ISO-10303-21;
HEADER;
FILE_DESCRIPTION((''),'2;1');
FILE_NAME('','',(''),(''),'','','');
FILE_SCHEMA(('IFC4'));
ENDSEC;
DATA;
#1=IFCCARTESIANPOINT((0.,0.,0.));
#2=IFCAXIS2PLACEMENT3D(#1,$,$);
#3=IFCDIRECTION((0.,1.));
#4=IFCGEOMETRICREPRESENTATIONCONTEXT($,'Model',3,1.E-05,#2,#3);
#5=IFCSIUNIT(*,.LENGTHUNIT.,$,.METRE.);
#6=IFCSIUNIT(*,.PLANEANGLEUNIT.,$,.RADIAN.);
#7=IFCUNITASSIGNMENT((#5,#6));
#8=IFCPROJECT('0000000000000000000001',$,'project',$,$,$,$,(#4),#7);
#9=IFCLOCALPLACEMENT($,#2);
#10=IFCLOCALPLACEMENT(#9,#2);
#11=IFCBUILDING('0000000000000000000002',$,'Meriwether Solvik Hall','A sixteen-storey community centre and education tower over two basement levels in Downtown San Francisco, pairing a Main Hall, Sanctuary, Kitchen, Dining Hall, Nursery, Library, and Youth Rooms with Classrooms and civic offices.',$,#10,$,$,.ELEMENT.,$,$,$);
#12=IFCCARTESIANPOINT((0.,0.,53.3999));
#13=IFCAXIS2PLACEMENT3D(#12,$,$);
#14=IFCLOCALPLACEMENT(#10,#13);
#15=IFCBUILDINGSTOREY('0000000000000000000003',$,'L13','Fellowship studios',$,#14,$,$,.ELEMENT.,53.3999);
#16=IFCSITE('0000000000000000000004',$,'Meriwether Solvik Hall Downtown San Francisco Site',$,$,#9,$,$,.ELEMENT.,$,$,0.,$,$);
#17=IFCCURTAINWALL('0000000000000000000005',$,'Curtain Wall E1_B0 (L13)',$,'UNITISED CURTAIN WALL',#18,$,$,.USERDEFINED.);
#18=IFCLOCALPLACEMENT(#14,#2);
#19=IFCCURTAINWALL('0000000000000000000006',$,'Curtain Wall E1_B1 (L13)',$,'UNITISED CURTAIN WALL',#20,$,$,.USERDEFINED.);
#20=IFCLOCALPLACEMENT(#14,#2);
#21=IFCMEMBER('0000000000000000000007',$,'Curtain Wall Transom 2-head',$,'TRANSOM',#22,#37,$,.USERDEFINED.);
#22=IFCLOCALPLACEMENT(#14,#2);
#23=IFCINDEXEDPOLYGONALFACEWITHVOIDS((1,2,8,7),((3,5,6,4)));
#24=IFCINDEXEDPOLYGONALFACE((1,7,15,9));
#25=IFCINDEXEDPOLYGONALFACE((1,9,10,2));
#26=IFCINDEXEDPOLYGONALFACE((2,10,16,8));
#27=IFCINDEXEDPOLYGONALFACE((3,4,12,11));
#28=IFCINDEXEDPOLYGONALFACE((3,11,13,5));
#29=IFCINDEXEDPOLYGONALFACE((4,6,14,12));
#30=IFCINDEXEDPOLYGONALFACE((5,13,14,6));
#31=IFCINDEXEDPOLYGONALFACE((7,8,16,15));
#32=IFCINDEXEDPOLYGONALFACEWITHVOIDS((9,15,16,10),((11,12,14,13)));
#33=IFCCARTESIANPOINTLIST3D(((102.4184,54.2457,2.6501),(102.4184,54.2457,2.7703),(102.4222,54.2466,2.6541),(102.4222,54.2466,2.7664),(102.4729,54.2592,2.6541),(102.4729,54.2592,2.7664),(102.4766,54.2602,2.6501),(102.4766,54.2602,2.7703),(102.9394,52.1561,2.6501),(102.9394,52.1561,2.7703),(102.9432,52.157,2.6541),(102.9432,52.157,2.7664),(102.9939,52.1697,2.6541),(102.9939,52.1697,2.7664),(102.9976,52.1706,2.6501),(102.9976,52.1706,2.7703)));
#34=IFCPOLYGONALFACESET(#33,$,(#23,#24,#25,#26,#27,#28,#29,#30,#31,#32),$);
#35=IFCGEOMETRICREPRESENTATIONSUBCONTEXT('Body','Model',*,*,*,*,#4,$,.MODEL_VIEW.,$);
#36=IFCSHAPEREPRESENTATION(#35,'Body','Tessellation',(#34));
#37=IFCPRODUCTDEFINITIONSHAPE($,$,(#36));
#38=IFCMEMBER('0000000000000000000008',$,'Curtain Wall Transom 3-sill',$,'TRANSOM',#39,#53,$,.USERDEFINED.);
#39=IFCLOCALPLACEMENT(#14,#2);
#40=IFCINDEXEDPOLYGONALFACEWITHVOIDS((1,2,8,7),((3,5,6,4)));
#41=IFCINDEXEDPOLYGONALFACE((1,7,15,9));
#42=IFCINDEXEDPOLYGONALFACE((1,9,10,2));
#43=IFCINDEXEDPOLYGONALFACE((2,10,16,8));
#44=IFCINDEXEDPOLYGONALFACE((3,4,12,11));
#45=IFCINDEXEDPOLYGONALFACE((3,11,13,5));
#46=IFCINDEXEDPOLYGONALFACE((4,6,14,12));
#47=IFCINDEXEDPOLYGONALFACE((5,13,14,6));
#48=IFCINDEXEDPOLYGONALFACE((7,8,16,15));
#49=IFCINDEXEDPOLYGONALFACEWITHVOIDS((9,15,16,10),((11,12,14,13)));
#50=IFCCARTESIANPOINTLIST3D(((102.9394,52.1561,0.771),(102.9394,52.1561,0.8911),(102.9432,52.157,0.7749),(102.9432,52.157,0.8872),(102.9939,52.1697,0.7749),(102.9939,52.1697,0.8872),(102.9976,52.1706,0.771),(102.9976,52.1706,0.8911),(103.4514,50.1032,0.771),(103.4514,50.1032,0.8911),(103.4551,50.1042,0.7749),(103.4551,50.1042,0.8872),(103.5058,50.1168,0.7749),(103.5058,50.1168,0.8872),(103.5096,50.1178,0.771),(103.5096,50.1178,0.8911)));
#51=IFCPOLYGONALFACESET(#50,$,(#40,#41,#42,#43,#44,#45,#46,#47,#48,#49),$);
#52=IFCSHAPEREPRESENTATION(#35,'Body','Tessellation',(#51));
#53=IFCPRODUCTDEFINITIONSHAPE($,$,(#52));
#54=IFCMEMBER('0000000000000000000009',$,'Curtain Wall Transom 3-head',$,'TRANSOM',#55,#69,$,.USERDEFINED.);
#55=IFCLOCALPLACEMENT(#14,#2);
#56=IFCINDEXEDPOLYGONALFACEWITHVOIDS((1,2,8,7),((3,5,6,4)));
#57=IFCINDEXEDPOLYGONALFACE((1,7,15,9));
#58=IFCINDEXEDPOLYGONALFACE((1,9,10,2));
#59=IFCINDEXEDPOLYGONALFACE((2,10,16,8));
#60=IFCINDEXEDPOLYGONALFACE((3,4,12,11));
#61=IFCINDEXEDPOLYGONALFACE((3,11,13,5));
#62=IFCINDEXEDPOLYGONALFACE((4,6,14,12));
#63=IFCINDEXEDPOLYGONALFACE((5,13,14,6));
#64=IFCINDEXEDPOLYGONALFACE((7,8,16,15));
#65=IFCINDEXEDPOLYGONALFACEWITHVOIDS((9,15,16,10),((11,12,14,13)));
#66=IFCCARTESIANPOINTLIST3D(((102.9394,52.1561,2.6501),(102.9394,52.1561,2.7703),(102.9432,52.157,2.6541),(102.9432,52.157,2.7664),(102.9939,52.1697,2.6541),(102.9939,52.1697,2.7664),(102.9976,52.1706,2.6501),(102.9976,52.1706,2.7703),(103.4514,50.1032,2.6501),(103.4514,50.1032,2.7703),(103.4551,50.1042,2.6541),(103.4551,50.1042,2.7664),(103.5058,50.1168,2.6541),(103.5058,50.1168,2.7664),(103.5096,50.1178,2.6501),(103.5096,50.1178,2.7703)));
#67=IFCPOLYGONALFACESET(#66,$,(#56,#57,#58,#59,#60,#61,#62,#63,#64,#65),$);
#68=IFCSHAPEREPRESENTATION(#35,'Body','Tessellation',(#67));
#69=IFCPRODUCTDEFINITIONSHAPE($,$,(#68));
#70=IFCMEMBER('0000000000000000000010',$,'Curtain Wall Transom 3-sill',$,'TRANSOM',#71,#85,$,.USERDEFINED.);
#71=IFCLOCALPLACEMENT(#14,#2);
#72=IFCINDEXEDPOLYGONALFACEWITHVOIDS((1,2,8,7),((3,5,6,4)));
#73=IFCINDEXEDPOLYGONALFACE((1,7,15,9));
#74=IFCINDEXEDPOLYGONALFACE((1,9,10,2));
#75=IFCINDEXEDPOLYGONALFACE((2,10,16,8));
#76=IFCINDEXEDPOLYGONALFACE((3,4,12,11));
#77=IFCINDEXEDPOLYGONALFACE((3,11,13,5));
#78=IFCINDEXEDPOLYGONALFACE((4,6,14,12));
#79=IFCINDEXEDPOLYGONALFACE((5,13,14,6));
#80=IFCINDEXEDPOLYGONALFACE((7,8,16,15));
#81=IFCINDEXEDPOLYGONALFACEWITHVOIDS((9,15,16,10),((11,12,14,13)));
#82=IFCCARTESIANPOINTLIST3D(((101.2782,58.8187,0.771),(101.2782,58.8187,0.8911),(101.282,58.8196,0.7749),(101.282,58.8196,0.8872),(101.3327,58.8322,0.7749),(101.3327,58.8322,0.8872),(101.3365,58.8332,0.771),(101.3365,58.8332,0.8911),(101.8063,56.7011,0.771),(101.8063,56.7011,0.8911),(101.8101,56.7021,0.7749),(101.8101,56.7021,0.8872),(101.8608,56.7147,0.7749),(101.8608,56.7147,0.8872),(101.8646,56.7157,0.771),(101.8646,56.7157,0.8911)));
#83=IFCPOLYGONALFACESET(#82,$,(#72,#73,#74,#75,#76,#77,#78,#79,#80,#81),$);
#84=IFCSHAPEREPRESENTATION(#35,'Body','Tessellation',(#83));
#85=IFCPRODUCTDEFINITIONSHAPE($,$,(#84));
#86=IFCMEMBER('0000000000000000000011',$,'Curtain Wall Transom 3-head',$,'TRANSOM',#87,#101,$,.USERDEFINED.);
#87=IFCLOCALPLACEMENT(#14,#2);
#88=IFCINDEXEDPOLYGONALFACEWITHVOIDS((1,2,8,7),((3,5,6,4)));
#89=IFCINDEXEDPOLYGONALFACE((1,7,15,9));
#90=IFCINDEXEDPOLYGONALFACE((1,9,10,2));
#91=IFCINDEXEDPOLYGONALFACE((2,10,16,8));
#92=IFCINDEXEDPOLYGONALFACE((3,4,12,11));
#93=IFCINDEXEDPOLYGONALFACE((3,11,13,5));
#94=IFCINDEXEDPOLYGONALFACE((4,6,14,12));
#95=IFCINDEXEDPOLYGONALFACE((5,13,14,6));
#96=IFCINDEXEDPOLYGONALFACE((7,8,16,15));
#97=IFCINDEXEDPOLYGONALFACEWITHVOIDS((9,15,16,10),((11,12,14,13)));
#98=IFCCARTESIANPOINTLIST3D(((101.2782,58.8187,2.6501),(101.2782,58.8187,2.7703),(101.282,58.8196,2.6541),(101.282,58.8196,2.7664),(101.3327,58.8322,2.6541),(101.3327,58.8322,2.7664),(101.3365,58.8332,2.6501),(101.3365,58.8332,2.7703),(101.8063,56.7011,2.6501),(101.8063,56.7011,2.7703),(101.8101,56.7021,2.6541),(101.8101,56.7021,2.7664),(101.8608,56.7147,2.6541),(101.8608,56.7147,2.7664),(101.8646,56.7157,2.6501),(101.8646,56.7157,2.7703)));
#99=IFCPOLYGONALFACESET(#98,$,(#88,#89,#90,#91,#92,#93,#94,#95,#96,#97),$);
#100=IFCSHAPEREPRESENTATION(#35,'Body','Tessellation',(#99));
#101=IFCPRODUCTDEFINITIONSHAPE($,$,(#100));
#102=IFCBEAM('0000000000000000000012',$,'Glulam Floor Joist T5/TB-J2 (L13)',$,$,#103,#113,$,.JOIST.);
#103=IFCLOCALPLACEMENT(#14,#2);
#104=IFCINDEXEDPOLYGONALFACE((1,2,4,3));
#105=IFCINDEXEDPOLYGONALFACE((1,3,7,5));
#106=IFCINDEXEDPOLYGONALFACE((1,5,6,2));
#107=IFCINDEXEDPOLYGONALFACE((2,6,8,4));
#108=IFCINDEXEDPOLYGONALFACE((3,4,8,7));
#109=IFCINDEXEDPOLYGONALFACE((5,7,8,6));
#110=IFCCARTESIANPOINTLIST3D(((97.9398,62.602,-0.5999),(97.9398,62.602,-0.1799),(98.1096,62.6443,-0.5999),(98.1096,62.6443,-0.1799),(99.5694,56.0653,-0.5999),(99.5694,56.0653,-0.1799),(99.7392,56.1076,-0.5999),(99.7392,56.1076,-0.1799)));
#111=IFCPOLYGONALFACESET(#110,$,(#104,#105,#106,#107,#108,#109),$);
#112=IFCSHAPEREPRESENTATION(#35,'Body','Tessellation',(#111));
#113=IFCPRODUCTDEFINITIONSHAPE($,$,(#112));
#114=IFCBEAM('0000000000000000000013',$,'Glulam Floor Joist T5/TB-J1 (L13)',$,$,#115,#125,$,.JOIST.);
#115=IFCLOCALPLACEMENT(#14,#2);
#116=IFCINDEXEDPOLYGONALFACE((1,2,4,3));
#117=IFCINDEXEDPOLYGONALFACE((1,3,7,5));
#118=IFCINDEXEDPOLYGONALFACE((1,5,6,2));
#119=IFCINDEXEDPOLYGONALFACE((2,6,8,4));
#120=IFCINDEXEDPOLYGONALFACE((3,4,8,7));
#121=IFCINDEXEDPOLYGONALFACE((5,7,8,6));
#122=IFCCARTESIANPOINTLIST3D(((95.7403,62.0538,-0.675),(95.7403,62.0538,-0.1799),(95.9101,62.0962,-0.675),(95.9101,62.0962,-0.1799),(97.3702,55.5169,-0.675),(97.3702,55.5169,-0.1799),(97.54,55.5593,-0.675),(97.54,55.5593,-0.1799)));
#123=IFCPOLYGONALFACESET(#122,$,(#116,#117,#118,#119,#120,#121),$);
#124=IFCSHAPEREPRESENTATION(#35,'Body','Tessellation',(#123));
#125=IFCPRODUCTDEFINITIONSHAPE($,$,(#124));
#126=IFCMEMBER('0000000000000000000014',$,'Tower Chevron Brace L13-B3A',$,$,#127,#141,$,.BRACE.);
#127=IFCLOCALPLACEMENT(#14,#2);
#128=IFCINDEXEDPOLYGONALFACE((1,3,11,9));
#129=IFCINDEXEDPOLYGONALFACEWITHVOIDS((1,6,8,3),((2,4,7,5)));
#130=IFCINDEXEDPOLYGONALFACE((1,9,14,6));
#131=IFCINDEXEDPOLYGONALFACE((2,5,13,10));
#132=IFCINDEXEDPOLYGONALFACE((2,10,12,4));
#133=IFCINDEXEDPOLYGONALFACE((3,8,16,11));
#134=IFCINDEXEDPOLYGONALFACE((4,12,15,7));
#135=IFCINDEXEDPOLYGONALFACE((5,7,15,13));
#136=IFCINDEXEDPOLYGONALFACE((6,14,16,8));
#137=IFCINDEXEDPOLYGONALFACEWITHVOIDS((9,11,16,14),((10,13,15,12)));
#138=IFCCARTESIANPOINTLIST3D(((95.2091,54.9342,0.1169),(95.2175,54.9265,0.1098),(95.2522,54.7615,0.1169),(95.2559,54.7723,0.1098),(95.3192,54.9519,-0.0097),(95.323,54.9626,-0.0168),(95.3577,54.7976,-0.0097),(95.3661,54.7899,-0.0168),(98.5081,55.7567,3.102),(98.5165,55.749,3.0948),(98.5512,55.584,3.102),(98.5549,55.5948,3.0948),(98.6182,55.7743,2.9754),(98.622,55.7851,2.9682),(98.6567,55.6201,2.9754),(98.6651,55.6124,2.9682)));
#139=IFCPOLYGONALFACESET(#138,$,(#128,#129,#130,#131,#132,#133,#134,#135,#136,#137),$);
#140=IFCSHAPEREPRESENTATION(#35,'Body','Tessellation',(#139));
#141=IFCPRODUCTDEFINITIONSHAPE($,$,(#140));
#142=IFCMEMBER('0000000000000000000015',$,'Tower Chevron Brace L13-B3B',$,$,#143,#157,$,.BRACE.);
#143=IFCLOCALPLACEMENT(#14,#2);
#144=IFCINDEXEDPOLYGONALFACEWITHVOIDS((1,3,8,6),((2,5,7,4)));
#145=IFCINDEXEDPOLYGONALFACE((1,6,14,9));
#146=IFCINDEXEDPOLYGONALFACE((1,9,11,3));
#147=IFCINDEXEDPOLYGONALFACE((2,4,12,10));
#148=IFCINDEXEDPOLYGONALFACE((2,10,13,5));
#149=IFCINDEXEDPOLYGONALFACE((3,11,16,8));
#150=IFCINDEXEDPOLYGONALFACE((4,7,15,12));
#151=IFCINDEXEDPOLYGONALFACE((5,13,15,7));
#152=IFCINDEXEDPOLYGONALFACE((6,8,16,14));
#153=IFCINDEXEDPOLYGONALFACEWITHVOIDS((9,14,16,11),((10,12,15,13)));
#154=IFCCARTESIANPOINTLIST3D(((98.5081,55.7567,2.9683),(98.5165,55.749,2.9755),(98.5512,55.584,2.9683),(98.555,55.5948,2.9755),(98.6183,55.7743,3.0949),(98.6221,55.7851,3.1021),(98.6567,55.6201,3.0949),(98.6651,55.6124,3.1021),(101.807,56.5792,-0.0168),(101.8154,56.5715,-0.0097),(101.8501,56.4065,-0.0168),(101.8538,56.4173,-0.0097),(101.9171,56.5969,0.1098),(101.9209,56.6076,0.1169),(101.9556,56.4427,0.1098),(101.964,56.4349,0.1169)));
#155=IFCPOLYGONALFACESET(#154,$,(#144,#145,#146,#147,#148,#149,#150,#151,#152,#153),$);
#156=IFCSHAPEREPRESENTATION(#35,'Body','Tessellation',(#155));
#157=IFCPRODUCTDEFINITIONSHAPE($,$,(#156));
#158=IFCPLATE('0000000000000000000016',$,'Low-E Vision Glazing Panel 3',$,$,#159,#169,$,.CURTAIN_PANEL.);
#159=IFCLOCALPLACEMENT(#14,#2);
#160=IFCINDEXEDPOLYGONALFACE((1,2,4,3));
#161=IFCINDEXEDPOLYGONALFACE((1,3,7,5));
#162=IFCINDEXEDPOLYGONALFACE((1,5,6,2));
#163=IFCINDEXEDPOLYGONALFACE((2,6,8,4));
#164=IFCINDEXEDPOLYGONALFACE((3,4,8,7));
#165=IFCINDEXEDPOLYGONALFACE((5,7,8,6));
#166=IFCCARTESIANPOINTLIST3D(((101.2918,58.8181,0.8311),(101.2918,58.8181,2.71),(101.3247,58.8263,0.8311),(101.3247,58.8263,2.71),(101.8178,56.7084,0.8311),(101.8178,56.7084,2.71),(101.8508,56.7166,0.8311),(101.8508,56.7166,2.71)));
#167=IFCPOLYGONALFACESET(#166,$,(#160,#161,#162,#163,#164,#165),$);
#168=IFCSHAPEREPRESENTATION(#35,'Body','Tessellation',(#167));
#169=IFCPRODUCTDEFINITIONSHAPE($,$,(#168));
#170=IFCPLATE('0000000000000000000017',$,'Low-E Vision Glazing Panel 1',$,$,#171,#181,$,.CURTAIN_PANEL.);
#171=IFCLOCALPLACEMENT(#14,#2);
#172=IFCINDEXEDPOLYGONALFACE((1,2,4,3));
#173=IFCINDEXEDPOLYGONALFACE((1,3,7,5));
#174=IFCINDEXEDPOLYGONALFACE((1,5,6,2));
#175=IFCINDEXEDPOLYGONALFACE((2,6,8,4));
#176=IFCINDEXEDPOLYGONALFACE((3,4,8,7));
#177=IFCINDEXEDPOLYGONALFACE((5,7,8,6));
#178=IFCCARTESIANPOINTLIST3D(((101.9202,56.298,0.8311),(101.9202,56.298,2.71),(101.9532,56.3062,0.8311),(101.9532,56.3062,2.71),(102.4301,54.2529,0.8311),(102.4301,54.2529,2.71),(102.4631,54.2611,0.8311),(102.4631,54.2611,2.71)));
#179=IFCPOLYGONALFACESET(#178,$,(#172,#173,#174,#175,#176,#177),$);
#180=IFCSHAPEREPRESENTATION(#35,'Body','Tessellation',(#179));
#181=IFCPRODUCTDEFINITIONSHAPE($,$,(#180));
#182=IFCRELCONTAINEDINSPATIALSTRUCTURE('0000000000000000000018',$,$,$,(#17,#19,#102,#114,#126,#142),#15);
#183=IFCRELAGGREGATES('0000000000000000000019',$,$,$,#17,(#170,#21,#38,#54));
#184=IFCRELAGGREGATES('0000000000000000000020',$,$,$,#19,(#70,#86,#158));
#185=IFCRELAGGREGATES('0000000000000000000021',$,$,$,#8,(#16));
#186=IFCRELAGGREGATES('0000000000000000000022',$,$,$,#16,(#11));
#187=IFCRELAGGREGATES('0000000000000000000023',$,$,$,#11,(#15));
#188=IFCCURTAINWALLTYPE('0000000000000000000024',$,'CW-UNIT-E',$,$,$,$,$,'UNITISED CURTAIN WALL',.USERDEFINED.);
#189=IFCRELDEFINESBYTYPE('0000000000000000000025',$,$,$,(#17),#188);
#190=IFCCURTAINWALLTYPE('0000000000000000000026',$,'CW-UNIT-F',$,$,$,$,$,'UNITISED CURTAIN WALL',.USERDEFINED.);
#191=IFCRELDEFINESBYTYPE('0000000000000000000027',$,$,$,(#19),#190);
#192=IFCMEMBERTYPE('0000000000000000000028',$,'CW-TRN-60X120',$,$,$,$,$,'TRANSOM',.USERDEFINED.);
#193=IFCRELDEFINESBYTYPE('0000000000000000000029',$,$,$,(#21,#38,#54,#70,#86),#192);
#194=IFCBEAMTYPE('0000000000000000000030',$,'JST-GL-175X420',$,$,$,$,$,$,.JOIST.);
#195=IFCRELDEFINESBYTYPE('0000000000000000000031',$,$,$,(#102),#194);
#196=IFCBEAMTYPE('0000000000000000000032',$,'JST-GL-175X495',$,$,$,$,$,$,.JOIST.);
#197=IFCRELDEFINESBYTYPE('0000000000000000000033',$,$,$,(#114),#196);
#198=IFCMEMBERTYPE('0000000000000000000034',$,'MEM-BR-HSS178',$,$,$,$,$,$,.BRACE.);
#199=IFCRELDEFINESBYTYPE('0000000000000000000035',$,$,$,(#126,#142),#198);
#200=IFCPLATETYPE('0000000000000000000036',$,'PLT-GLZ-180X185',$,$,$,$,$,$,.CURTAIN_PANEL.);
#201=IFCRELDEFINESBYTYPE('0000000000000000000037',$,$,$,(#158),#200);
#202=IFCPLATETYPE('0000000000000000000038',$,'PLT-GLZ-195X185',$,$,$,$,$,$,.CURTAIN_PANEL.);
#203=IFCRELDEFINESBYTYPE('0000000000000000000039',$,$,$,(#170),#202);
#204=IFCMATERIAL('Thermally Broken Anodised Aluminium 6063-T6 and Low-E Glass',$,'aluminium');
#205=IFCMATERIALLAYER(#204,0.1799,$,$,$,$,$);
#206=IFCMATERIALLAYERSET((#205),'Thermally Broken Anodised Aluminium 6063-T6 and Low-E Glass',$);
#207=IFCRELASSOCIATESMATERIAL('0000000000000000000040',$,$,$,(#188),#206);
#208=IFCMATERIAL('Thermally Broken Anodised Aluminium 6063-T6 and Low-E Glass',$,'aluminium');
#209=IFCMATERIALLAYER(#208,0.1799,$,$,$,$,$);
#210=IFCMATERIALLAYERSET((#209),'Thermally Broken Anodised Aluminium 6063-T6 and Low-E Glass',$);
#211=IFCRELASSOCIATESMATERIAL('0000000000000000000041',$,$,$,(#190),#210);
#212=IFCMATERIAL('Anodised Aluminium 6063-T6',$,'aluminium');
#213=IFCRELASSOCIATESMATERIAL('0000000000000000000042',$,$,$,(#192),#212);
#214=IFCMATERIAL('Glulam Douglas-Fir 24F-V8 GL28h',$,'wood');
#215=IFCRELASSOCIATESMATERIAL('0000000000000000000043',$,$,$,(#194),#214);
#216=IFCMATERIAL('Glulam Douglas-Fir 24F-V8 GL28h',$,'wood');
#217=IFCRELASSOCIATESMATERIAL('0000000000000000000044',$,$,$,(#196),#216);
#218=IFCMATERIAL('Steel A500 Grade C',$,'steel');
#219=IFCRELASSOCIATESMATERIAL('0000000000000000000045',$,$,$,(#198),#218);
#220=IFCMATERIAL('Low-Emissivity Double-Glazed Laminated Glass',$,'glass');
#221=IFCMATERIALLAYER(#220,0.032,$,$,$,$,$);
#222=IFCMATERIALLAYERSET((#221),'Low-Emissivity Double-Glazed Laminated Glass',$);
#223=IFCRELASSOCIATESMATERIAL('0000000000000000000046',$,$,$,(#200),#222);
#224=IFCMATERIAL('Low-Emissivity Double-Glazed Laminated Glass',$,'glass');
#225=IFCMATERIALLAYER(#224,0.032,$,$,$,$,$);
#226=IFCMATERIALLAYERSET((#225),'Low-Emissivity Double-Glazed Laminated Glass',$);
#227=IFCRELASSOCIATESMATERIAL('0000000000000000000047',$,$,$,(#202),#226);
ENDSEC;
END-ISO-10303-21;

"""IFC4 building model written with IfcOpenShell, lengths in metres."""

from ifc_helpers import new_model, si_unit, direction, frame, origin, origin_2d, place, context, subcontext, project, spatial, rectangle, hollow_rectangle, extrude, material, layer, layer_set, material_profile, profile_set, type_object, element, aggregate, save


model = new_model("IFC4")

# Units and contexts
model_context = context("Model", 3, precision=1e-05, world=origin(), true_north=direction((0.0, 1.0)))
body_context = subcontext(model_context, "Body", "Model", "MODEL_VIEW")
ifc_project = project(units=[si_unit("LENGTHUNIT", "METRE"), si_unit("PLANEANGLEUNIT", "RADIAN")], contexts=[model_context])

# Site, building, storey
site_placement = place(None, origin())
site = spatial("IfcSite", under=ifc_project, at=site_placement, Name="Meriwether Solvik Hall Downtown San Francisco Site", CompositionType="ELEMENT", RefElevation=0.0)
building_placement = place(site_placement, origin())
building = spatial("IfcBuilding", under=site, at=building_placement, Name="Meriwether Solvik Hall", Description="A sixteen-storey community centre and education tower over two basement levels in Downtown San Francisco, pairing a Main Hall, Sanctuary, Kitchen, Dining Hall, Nursery, Library, and Youth Rooms with Classrooms and civic offices.", CompositionType="ELEMENT")
storey_placement = place(building_placement, frame((0.0, 0.0, 53.3999)))
storey = spatial("IfcBuildingStorey", under=building, at=storey_placement, Name="L13", Description="Fellowship studios", CompositionType="ELEMENT", Elevation=53.3999)

# Curtain walls
ifc_material_1 = material(Name="Thermally Broken Anodised Aluminium 6063-T6 and Low-E Glass", Category="aluminium")
ifc_layer_1 = layer(ifc_material_1, 0.1799)
ifc_layer_set_1 = layer_set([ifc_layer_1], Name="Thermally Broken Anodised Aluminium 6063-T6 and Low-E Glass")
curtain_wall_type_1 = type_object("IfcCurtainWallType", Name="CW-UNIT-E", ElementType="UNITISED CURTAIN WALL", PredefinedType="USERDEFINED", material=ifc_layer_set_1)
curtain_wall_1_placement = place(storey_placement, origin())
curtain_wall_1 = element("IfcCurtainWall", 1, at=curtain_wall_1_placement, inside=storey, type_object=curtain_wall_type_1, Name="Curtain Wall E1_B0 (L13)", ObjectType="UNITISED CURTAIN WALL", PredefinedType="USERDEFINED")
ifc_material_2 = material(Name="Thermally Broken Anodised Aluminium 6063-T6 and Low-E Glass", Category="aluminium")
ifc_layer_2 = layer(ifc_material_2, 0.1799)
ifc_layer_set_2 = layer_set([ifc_layer_2], Name="Thermally Broken Anodised Aluminium 6063-T6 and Low-E Glass")
curtain_wall_type_2 = type_object("IfcCurtainWallType", Name="CW-UNIT-F", ElementType="UNITISED CURTAIN WALL", PredefinedType="USERDEFINED", material=ifc_layer_set_2)
curtain_wall_2_placement = place(storey_placement, origin())
curtain_wall_2 = element("IfcCurtainWall", 2, at=curtain_wall_2_placement, inside=storey, type_object=curtain_wall_type_2, Name="Curtain Wall E1_B1 (L13)", ObjectType="UNITISED CURTAIN WALL", PredefinedType="USERDEFINED")

# Members
ifc_material_3 = material(Name="Anodised Aluminium 6063-T6", Category="aluminium")
ifc_material_profile_1 = material_profile(ifc_material_3, hollow_rectangle(XDim=0.0601, YDim=0.1201, WallThickness=0.0039, at=origin_2d()), Name="CWT-60X120")
ifc_profile_set_1 = profile_set([ifc_material_profile_1], Name="Anodised Aluminium 6063-T6")
member_type_1 = type_object("IfcMemberType", Name="CW-TRN-60X120", ElementType="TRANSOM", PredefinedType="USERDEFINED", material=ifc_profile_set_1)
member_1_placement = place(storey_placement, frame((102.4475, 54.2529, 2.7102), z_axis=(0.241922, -0.970296, 0.0), x_axis=(0.970296, 0.241922, 0.0)))
member_1 = element("IfcMember", 3, at=member_1_placement, type_object=member_type_1, Name="Curtain Wall Transom 2-head", ObjectType="TRANSOM", PredefinedType="USERDEFINED", context=body_context, shape_type="SweptSolid", body=[
    extrude(hollow_rectangle(XDim=0.0601, YDim=0.1201, WallThickness=0.0039, at=origin_2d()), origin(), (0.0, 0.0, 1.0), 2.1536),
])
member_2_placement = place(storey_placement, frame((102.9685, 52.1633, 0.8311), z_axis=(0.241993, -0.970278, 0.0), x_axis=(0.970278, 0.241993, 0.0)))
member_2 = element("IfcMember", 4, at=member_2_placement, type_object=member_type_1, Name="Curtain Wall Transom 3-sill", ObjectType="TRANSOM", PredefinedType="USERDEFINED", context=body_context, shape_type="SweptSolid", body=[
    extrude(hollow_rectangle(XDim=0.0601, YDim=0.1201, WallThickness=0.0039, at=origin_2d()), origin(), (0.0, 0.0, 1.0), 2.1157),
])
member_3_placement = place(storey_placement, frame((102.9685, 52.1633, 2.7102), z_axis=(0.241993, -0.970278, 0.0), x_axis=(0.970278, 0.241993, 0.0)))
member_3 = element("IfcMember", 5, at=member_3_placement, type_object=member_type_1, Name="Curtain Wall Transom 3-head", ObjectType="TRANSOM", PredefinedType="USERDEFINED", context=body_context, shape_type="SweptSolid", body=[
    extrude(hollow_rectangle(XDim=0.0601, YDim=0.1201, WallThickness=0.0039, at=origin_2d()), origin(), (0.0, 0.0, 1.0), 2.1157),
])
member_4_placement = place(storey_placement, frame((101.3074, 58.8259, 0.8311), z_axis=(0.241983, -0.970281, 0.0), x_axis=(0.970281, 0.241983, 0.0)))
member_4 = element("IfcMember", 6, at=member_4_placement, type_object=member_type_1, Name="Curtain Wall Transom 3-sill", ObjectType="TRANSOM", PredefinedType="USERDEFINED", context=body_context, shape_type="SweptSolid", body=[
    extrude(hollow_rectangle(XDim=0.0601, YDim=0.1201, WallThickness=0.0039, at=origin_2d()), origin(), (0.0, 0.0, 1.0), 2.1824),
])
member_5_placement = place(storey_placement, frame((101.3074, 58.8259, 2.7102), z_axis=(0.241983, -0.970281, 0.0), x_axis=(0.970281, 0.241983, 0.0)))
member_5 = element("IfcMember", 7, at=member_5_placement, type_object=member_type_1, Name="Curtain Wall Transom 3-head", ObjectType="TRANSOM", PredefinedType="USERDEFINED", context=body_context, shape_type="SweptSolid", body=[
    extrude(hollow_rectangle(XDim=0.0601, YDim=0.1201, WallThickness=0.0039, at=origin_2d()), origin(), (0.0, 0.0, 1.0), 2.1824),
])

# Beams
ifc_material_4 = material(Name="Glulam Douglas-Fir 24F-V8 GL28h", Category="wood")
ifc_material_profile_2 = material_profile(ifc_material_4, rectangle(XDim=0.175, YDim=0.4199, at=origin_2d()), Name="GLJ-175X420")
ifc_profile_set_2 = profile_set([ifc_material_profile_2], Name="Glulam Douglas-Fir 24F-V8 GL28h")
beam_type_1 = type_object("IfcBeamType", Name="JST-GL-175X420", PredefinedType="JOIST", material=ifc_profile_set_2)
beam_1_placement = place(storey_placement, frame((99.6543, 56.0864, -0.3899), z_axis=(-0.241896, 0.970302, 0.0), x_axis=(-0.970302, -0.241896, 0.0)))
element("IfcBeam", 8, at=beam_1_placement, inside=storey, type_object=beam_type_1, Name="Glulam Floor Joist T5/TB-J2 (L13)", PredefinedType="JOIST", context=body_context, shape_type="SweptSolid", body=[
    extrude(rectangle(XDim=0.175, YDim=0.4199, at=origin_2d()), origin(), (0.0, 0.0, 1.0), 6.7368),
])
ifc_material_5 = material(Name="Glulam Douglas-Fir 24F-V8 GL28h", Category="wood")
ifc_material_profile_3 = material_profile(ifc_material_5, rectangle(XDim=0.175, YDim=0.4951, at=origin_2d()), Name="GLJ-175X495")
ifc_profile_set_3 = profile_set([ifc_material_profile_3], Name="Glulam Douglas-Fir 24F-V8 GL28h")
beam_type_2 = type_object("IfcBeamType", Name="JST-GL-175X495", PredefinedType="JOIST", material=ifc_profile_set_3)
beam_2_placement = place(storey_placement, frame((97.4551, 55.5381, -0.4275), z_axis=(-0.24193, 0.970294, 0.0), x_axis=(-0.970294, -0.24193, 0.0)))
element("IfcBeam", 9, at=beam_2_placement, inside=storey, type_object=beam_type_2, Name="Glulam Floor Joist T5/TB-J1 (L13)", PredefinedType="JOIST", context=body_context, shape_type="SweptSolid", body=[
    extrude(rectangle(XDim=0.175, YDim=0.4951, at=origin_2d()), origin(), (0.0, 0.0, 1.0), 6.7371),
])

# Members
ifc_material_6 = material(Name="Steel A500 Grade C", Category="steel")
ifc_material_profile_4 = material_profile(ifc_material_6, hollow_rectangle(XDim=0.178, YDim=0.178, WallThickness=0.0095, at=origin_2d()), Name="HSS178X178X9.5")
ifc_profile_set_4 = profile_set([ifc_material_profile_4], Name="Steel A500 Grade C")
member_type_2 = type_object("IfcMemberType", Name="MEM-BR-HSS178", PredefinedType="BRACE", material=ifc_profile_set_4)
for number, where, z_axis, x_axis, name in (
    (10, (95.2876, 54.8621, 0.05), (0.729154, 0.181789, 0.659762), (-0.24191, 0.970299, 0.0), "Tower Chevron Brace L13-B3A"),
    (11, (101.8855, 56.5071, 0.05), (-0.729129, -0.181797, 0.659788), (0.241927, -0.970294, 0.0), "Tower Chevron Brace L13-B3B"),
):
    element("IfcMember", number, at=place(storey_placement, frame(where, z_axis=z_axis, x_axis=x_axis)), inside=storey, type_object=member_type_2, Name=name, PredefinedType="BRACE", context=body_context, shape_type="SweptSolid", body=[
        extrude(hollow_rectangle(XDim=0.178, YDim=0.178, WallThickness=0.0095, at=origin_2d()), origin(), (0.0, 0.0, 1.0), 4.5244),
    ])

# Plates
ifc_material_7 = material(Name="Low-Emissivity Double-Glazed Laminated Glass", Category="glass")
ifc_layer_3 = layer(ifc_material_7, 0.032)
ifc_layer_set_3 = layer_set([ifc_layer_3], Name="Low-Emissivity Double-Glazed Laminated Glass")
plate_type_1 = type_object("IfcPlateType", Name="PLT-GLZ-180X185", PredefinedType="CURTAIN_PANEL", material=ifc_layer_set_3)
plate_1_placement = place(storey_placement, frame((101.5713, 57.7673, 0.8311), z_axis=(0.0, 0.0, 1.0), x_axis=(0.241922, -0.970296, 0.0)))
plate_1 = element("IfcPlate", 12, at=plate_1_placement, type_object=plate_type_1, Name="Low-E Vision Glazing Panel 3", PredefinedType="CURTAIN_PANEL", context=body_context, shape_type="SweptSolid", body=[
    extrude(rectangle(XDim=2.1743, YDim=0.0339, at=origin_2d()), origin(), (0.0, 0.0, 1.0), 1.8789),
])
ifc_material_8 = material(Name="Low-Emissivity Double-Glazed Laminated Glass", Category="glass")
ifc_layer_4 = layer(ifc_material_8, 0.032)
ifc_layer_set_4 = layer_set([ifc_layer_4], Name="Low-Emissivity Double-Glazed Laminated Glass")
plate_type_2 = type_object("IfcPlateType", Name="PLT-GLZ-195X185", PredefinedType="CURTAIN_PANEL", material=ifc_layer_set_4)
plate_2_placement = place(storey_placement, frame((102.1917, 55.2795, 0.8311), z_axis=(0.0, 0.0, 1.0), x_axis=(0.241922, -0.970296, 0.0)))
plate_2 = element("IfcPlate", 13, at=plate_2_placement, type_object=plate_type_2, Name="Low-E Vision Glazing Panel 1", PredefinedType="CURTAIN_PANEL", context=body_context, shape_type="SweptSolid", body=[
    extrude(rectangle(XDim=2.1077, YDim=0.0339, at=origin_2d()), origin(), (0.0, 0.0, 1.0), 1.8789),
])
aggregate(curtain_wall_1, [plate_2, member_1, member_2, member_3])
aggregate(curtain_wall_2, [member_4, member_5, plate_1])

save(model, "model.ifc")
